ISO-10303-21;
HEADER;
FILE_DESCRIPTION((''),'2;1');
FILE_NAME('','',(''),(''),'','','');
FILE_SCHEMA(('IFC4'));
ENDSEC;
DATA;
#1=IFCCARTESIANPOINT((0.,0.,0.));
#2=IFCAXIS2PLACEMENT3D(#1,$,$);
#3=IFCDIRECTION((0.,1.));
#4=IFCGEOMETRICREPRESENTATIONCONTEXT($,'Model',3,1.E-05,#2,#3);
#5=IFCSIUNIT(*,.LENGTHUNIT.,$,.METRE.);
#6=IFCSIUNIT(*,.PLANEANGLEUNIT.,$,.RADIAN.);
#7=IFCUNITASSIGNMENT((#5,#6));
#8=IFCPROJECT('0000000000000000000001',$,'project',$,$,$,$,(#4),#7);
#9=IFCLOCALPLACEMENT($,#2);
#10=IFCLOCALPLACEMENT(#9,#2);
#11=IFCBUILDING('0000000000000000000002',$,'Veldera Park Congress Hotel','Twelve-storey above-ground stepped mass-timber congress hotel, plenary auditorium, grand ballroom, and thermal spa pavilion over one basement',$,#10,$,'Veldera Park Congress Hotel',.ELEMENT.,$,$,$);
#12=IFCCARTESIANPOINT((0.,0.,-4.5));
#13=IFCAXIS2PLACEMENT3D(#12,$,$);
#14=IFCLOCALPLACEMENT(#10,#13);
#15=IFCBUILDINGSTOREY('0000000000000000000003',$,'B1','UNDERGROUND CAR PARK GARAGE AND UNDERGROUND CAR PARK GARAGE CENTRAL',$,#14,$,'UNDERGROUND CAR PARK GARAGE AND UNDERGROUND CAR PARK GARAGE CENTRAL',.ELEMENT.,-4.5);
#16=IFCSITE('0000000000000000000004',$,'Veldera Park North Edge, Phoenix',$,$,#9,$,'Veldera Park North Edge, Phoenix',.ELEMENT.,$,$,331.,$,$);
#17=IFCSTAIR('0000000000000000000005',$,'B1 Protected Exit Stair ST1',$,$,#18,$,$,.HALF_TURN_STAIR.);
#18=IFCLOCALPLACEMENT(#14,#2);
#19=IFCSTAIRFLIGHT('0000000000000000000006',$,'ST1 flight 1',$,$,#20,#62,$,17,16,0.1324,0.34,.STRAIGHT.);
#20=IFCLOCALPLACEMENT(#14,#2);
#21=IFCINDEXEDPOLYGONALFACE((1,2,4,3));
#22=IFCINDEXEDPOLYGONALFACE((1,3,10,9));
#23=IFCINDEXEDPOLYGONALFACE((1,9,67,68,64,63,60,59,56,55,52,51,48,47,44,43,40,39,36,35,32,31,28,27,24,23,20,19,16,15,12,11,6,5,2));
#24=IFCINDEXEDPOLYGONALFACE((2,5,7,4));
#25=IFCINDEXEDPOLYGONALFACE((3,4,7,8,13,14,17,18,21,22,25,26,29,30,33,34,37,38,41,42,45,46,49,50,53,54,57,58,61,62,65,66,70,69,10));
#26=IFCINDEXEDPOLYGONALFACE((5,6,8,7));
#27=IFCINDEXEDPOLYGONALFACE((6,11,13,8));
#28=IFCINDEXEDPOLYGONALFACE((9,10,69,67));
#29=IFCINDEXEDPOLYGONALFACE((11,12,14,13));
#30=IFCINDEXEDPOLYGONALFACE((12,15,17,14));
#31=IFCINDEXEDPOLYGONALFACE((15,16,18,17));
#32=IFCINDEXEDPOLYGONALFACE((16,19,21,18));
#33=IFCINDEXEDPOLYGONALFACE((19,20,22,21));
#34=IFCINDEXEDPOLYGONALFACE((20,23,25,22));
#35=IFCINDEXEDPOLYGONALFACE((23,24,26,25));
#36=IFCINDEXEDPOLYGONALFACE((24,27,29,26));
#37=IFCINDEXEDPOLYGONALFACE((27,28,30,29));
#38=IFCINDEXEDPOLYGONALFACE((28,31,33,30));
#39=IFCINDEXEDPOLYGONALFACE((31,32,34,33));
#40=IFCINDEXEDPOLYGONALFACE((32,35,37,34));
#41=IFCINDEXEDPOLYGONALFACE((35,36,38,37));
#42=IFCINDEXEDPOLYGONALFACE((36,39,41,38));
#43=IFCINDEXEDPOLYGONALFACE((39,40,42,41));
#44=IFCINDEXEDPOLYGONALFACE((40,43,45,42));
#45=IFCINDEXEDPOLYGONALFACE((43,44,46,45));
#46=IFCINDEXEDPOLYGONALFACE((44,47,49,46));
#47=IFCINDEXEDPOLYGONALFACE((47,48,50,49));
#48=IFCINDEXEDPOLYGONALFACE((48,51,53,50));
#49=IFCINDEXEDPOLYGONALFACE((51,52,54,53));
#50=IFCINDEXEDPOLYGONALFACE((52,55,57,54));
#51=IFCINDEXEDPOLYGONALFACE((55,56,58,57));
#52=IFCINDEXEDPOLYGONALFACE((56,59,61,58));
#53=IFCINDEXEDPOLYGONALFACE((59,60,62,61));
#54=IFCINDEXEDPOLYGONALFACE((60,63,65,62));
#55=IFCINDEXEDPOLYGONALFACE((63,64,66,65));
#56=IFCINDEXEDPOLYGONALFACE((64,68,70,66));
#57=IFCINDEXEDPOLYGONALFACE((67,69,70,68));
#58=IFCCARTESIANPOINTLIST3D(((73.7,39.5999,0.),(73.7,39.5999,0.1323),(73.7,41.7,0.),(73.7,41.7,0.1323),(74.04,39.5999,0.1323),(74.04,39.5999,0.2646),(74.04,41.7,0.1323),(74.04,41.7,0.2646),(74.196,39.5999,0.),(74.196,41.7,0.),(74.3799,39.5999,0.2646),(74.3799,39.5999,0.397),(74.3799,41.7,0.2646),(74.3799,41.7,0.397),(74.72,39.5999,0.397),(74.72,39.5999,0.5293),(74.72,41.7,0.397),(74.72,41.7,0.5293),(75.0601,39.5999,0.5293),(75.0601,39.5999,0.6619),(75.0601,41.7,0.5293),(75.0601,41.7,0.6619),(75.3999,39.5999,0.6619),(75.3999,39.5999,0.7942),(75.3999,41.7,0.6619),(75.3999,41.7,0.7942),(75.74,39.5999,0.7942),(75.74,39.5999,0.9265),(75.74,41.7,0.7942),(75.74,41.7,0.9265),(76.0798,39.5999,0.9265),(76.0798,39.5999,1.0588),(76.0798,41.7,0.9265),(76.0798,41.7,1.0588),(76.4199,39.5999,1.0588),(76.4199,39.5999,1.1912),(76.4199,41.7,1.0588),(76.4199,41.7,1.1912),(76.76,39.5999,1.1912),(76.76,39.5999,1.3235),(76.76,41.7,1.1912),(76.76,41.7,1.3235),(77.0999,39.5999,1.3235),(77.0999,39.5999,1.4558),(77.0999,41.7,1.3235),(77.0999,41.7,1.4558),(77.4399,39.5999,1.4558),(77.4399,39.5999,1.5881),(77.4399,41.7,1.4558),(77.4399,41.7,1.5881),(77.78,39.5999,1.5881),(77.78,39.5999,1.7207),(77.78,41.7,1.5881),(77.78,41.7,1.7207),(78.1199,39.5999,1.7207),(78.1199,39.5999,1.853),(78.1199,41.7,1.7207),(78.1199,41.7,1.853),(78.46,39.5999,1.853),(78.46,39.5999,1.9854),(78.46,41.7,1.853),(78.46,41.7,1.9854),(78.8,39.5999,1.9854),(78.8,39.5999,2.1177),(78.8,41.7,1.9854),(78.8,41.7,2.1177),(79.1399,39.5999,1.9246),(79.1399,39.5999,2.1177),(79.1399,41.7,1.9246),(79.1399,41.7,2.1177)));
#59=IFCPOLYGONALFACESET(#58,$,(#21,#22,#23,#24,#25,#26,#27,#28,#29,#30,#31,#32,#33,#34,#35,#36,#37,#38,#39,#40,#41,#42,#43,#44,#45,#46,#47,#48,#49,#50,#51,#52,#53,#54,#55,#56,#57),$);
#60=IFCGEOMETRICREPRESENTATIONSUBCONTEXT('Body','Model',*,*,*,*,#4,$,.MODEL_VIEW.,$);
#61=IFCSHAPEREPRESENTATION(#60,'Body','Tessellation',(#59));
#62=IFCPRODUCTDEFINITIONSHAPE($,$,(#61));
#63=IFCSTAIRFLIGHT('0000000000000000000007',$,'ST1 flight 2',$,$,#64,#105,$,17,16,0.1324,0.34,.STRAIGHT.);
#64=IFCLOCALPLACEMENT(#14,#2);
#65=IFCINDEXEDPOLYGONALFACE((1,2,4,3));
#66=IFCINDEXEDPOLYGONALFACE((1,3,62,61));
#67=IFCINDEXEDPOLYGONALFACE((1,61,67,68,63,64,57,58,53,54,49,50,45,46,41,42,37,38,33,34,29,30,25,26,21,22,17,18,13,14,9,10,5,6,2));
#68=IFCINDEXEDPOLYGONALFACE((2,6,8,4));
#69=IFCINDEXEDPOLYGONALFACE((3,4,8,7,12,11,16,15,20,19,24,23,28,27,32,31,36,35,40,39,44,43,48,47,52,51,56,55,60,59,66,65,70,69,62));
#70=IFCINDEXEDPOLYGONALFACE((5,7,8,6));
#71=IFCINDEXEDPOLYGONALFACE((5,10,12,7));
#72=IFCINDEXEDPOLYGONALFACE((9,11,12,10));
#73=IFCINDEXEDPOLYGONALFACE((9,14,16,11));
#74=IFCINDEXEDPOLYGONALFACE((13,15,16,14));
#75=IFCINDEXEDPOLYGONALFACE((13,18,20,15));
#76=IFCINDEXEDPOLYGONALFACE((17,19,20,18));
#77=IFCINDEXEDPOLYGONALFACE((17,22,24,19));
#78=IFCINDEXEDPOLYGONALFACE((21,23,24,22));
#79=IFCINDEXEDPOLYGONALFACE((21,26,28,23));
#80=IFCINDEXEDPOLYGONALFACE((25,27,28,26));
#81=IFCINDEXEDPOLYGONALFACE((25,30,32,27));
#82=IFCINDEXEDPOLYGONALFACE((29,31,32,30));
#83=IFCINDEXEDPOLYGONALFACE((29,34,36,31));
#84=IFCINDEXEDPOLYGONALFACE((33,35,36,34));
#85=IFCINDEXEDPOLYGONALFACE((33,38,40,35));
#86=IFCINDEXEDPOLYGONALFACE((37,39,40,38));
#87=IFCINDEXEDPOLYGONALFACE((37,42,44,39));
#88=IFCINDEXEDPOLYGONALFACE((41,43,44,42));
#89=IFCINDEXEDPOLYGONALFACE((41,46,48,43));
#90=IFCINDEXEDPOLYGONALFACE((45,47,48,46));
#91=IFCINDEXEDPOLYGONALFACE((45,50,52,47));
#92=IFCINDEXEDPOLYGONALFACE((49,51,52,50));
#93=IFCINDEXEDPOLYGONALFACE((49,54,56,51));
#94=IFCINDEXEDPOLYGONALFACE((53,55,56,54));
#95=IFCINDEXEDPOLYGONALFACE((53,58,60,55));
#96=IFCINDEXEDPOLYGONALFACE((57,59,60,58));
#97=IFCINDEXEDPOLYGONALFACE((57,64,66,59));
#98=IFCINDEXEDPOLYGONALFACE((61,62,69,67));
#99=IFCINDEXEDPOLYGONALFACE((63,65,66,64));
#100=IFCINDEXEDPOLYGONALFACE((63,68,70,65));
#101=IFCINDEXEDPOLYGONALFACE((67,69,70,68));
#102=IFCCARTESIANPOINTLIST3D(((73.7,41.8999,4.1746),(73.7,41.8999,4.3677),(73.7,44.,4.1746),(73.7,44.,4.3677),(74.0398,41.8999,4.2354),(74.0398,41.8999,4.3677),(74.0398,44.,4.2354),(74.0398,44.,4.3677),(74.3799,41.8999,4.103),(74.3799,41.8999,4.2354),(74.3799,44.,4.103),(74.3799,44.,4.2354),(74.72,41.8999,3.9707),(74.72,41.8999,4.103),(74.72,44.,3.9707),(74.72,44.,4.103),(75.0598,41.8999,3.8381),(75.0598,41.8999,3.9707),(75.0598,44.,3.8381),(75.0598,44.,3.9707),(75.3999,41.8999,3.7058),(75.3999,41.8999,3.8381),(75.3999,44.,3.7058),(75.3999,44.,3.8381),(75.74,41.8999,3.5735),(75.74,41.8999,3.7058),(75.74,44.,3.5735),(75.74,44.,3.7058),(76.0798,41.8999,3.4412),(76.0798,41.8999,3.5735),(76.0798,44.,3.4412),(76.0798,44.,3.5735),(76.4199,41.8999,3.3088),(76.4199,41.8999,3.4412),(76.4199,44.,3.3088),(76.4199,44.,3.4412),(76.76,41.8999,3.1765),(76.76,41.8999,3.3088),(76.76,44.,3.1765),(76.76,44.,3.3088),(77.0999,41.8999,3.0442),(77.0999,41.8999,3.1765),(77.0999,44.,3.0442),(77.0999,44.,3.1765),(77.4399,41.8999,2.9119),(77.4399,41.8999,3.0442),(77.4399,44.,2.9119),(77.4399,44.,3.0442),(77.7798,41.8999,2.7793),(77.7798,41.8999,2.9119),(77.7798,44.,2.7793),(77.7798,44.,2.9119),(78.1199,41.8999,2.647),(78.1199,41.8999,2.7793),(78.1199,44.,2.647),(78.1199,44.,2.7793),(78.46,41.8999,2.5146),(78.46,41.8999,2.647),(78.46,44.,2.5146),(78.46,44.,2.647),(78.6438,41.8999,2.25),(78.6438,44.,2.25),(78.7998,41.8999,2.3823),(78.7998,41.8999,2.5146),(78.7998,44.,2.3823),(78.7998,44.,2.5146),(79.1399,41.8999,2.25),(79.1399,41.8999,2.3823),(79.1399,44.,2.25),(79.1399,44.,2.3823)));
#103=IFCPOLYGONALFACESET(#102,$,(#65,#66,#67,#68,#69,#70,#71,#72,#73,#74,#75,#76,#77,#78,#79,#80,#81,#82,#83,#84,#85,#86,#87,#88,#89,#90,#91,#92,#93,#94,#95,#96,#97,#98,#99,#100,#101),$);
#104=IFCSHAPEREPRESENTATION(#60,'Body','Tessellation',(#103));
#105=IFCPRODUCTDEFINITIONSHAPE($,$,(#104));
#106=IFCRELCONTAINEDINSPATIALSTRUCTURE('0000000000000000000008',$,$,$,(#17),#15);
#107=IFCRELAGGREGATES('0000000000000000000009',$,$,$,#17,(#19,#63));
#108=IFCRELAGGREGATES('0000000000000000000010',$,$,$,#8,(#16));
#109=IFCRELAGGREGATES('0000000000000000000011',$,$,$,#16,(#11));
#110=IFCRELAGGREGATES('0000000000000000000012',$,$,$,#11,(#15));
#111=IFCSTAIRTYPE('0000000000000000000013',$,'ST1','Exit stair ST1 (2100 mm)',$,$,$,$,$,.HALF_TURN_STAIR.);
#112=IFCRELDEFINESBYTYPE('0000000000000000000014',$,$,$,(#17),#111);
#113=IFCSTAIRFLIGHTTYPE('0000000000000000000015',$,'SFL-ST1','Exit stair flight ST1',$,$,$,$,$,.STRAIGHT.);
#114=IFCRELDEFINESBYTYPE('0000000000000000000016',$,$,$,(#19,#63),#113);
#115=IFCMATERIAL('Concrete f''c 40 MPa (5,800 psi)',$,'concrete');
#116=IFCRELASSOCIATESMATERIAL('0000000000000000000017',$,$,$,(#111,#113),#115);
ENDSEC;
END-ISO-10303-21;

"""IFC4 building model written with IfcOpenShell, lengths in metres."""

from ifc_helpers import new_model, si_unit, direction, frame, origin, place, context, subcontext, project, spatial, polyline, outline, extrude, material, type_object, element, aggregate, save


model = new_model("IFC4")

# Units and contexts
model_context = context("Model", 3, precision=1e-05, world=origin(), true_north=direction((0.0, 1.0)))
body_context = subcontext(model_context, "Body", "Model", "MODEL_VIEW")
ifc_project = project(units=[si_unit("LENGTHUNIT", "METRE"), si_unit("PLANEANGLEUNIT", "RADIAN")], contexts=[model_context])

# Site, building, storey
site_placement = place(None, origin())
site = spatial("IfcSite", under=ifc_project, at=site_placement, Name="Veldera Park North Edge, Phoenix", LongName="Veldera Park North Edge, Phoenix", CompositionType="ELEMENT", RefElevation=331.0)
building_placement = place(site_placement, origin())
building = spatial("IfcBuilding", under=site, at=building_placement, Name="Veldera Park Congress Hotel", Description="Twelve-storey above-ground stepped mass-timber congress hotel, plenary auditorium, grand ballroom, and thermal spa pavilion over one basement", LongName="Veldera Park Congress Hotel", CompositionType="ELEMENT")
storey_placement = place(building_placement, frame((0.0, 0.0, -4.5)))
storey = spatial("IfcBuildingStorey", under=building, at=storey_placement, Name="B1", Description="UNDERGROUND CAR PARK GARAGE AND UNDERGROUND CAR PARK GARAGE CENTRAL", LongName="UNDERGROUND CAR PARK GARAGE AND UNDERGROUND CAR PARK GARAGE CENTRAL", CompositionType="ELEMENT", Elevation=-4.5)

# Shared definitions
ifc_material_1 = material(Name="Concrete f'c 40 MPa (5,800 psi)", Category="concrete")

# Stair, stair flights
stair_type = type_object("IfcStairType", Name="ST1", Description="Exit stair ST1 (2100 mm)", PredefinedType="HALF_TURN_STAIR", material=ifc_material_1)
stair_placement = place(storey_placement, origin())
stair = element("IfcStair", 1, at=stair_placement, inside=storey, type_object=stair_type, Name="B1 Protected Exit Stair ST1", PredefinedType="HALF_TURN_STAIR")
stair_flight_type = type_object("IfcStairFlightType", Name="SFL-ST1", Description="Exit stair flight ST1", PredefinedType="STRAIGHT", material=ifc_material_1)
stair_flight_1_placement = place(storey_placement, frame((73.7, 40.6499, 0.0), z_axis=(0.0, 0.0, 1.0), x_axis=(1.0, 0.0, 0.0)))
stair_flight_1 = element("IfcStairFlight", 2, at=stair_flight_1_placement, type_object=stair_flight_type, Name="ST1 flight 1", NumberOfRisers=17, NumberOfTreads=16, PredefinedType="STRAIGHT", RiserHeight=0.1324, TreadLength=0.34, context=body_context, shape_type="SweptSolid", body=[
    extrude(outline(polyline([(0.0, 0.0), (0.0, 0.1323), (0.3401, 0.1323), (0.3401, 0.2646), (0.6799, 0.2646), (0.6799, 0.397), (1.02, 0.397), (1.02, 0.5293), (1.3601, 0.5293), (1.3601, 0.6619), (1.7, 0.6619), (1.7, 0.7942), (2.04, 0.7942), (2.04, 0.9265), (2.3799, 0.9265), (2.3799, 1.0588), (2.72, 1.0588), (2.72, 1.1912), (3.0601, 1.1912), (3.0601, 1.3235), (3.3999, 1.3235), (3.3999, 1.4558), (3.74, 1.4558), (3.74, 1.5881), (4.0801, 1.5881), (4.0801, 1.7207), (4.4199, 1.7207), (4.4199, 1.853), (4.76, 1.853), (4.76, 1.9854), (5.1001, 1.9854), (5.1001, 2.1177), (5.4399, 2.1177), (5.4399, 2.25), (5.4399, 2.25), (5.4399, 1.9246), (0.4961, 0.0), (0.0, 0.0)])), frame((0.0, 1.05, 0.0), z_axis=(0.0, -1.0, 0.0), x_axis=(1.0, 0.0, 0.0)), (0.0, 0.0, 1.0), 2.1001),
])
stair_flight_2_placement = place(storey_placement, frame((79.1399, 42.95, 2.25), z_axis=(0.0, 0.0, 1.0), x_axis=(-1.0, 0.0, 0.0)))
stair_flight_2 = element("IfcStairFlight", 3, at=stair_flight_2_placement, type_object=stair_flight_type, Name="ST1 flight 2", NumberOfRisers=17, NumberOfTreads=16, PredefinedType="STRAIGHT", RiserHeight=0.1324, TreadLength=0.34, context=body_context, shape_type="SweptSolid", body=[
    extrude(outline(polyline([(0.0, 0.0), (0.0, 0.1323), (0.3401, 0.1323), (0.3401, 0.2646), (0.6799, 0.2646), (0.6799, 0.397), (1.02, 0.397), (1.02, 0.5293), (1.3601, 0.5293), (1.3601, 0.6619), (1.7, 0.6619), (1.7, 0.7942), (2.04, 0.7942), (2.04, 0.9265), (2.3799, 0.9265), (2.3799, 1.0588), (2.72, 1.0588), (2.72, 1.1912), (3.0601, 1.1912), (3.0601, 1.3235), (3.3999, 1.3235), (3.3999, 1.4558), (3.74, 1.4558), (3.74, 1.5881), (4.0801, 1.5881), (4.0801, 1.7207), (4.4199, 1.7207), (4.4199, 1.853), (4.76, 1.853), (4.76, 1.9854), (5.1001, 1.9854), (5.1001, 2.1177), (5.4399, 2.1177), (5.4399, 2.25), (5.4399, 2.25), (5.4399, 1.9246), (0.4961, 0.0), (0.0, 0.0)])), frame((0.0, 1.05, 0.0), z_axis=(0.0, -1.0, 0.0), x_axis=(1.0, 0.0, 0.0)), (0.0, 0.0, 1.0), 2.1001),
])
aggregate(stair, [stair_flight_1, stair_flight_2])

save(model, "model.ifc")
